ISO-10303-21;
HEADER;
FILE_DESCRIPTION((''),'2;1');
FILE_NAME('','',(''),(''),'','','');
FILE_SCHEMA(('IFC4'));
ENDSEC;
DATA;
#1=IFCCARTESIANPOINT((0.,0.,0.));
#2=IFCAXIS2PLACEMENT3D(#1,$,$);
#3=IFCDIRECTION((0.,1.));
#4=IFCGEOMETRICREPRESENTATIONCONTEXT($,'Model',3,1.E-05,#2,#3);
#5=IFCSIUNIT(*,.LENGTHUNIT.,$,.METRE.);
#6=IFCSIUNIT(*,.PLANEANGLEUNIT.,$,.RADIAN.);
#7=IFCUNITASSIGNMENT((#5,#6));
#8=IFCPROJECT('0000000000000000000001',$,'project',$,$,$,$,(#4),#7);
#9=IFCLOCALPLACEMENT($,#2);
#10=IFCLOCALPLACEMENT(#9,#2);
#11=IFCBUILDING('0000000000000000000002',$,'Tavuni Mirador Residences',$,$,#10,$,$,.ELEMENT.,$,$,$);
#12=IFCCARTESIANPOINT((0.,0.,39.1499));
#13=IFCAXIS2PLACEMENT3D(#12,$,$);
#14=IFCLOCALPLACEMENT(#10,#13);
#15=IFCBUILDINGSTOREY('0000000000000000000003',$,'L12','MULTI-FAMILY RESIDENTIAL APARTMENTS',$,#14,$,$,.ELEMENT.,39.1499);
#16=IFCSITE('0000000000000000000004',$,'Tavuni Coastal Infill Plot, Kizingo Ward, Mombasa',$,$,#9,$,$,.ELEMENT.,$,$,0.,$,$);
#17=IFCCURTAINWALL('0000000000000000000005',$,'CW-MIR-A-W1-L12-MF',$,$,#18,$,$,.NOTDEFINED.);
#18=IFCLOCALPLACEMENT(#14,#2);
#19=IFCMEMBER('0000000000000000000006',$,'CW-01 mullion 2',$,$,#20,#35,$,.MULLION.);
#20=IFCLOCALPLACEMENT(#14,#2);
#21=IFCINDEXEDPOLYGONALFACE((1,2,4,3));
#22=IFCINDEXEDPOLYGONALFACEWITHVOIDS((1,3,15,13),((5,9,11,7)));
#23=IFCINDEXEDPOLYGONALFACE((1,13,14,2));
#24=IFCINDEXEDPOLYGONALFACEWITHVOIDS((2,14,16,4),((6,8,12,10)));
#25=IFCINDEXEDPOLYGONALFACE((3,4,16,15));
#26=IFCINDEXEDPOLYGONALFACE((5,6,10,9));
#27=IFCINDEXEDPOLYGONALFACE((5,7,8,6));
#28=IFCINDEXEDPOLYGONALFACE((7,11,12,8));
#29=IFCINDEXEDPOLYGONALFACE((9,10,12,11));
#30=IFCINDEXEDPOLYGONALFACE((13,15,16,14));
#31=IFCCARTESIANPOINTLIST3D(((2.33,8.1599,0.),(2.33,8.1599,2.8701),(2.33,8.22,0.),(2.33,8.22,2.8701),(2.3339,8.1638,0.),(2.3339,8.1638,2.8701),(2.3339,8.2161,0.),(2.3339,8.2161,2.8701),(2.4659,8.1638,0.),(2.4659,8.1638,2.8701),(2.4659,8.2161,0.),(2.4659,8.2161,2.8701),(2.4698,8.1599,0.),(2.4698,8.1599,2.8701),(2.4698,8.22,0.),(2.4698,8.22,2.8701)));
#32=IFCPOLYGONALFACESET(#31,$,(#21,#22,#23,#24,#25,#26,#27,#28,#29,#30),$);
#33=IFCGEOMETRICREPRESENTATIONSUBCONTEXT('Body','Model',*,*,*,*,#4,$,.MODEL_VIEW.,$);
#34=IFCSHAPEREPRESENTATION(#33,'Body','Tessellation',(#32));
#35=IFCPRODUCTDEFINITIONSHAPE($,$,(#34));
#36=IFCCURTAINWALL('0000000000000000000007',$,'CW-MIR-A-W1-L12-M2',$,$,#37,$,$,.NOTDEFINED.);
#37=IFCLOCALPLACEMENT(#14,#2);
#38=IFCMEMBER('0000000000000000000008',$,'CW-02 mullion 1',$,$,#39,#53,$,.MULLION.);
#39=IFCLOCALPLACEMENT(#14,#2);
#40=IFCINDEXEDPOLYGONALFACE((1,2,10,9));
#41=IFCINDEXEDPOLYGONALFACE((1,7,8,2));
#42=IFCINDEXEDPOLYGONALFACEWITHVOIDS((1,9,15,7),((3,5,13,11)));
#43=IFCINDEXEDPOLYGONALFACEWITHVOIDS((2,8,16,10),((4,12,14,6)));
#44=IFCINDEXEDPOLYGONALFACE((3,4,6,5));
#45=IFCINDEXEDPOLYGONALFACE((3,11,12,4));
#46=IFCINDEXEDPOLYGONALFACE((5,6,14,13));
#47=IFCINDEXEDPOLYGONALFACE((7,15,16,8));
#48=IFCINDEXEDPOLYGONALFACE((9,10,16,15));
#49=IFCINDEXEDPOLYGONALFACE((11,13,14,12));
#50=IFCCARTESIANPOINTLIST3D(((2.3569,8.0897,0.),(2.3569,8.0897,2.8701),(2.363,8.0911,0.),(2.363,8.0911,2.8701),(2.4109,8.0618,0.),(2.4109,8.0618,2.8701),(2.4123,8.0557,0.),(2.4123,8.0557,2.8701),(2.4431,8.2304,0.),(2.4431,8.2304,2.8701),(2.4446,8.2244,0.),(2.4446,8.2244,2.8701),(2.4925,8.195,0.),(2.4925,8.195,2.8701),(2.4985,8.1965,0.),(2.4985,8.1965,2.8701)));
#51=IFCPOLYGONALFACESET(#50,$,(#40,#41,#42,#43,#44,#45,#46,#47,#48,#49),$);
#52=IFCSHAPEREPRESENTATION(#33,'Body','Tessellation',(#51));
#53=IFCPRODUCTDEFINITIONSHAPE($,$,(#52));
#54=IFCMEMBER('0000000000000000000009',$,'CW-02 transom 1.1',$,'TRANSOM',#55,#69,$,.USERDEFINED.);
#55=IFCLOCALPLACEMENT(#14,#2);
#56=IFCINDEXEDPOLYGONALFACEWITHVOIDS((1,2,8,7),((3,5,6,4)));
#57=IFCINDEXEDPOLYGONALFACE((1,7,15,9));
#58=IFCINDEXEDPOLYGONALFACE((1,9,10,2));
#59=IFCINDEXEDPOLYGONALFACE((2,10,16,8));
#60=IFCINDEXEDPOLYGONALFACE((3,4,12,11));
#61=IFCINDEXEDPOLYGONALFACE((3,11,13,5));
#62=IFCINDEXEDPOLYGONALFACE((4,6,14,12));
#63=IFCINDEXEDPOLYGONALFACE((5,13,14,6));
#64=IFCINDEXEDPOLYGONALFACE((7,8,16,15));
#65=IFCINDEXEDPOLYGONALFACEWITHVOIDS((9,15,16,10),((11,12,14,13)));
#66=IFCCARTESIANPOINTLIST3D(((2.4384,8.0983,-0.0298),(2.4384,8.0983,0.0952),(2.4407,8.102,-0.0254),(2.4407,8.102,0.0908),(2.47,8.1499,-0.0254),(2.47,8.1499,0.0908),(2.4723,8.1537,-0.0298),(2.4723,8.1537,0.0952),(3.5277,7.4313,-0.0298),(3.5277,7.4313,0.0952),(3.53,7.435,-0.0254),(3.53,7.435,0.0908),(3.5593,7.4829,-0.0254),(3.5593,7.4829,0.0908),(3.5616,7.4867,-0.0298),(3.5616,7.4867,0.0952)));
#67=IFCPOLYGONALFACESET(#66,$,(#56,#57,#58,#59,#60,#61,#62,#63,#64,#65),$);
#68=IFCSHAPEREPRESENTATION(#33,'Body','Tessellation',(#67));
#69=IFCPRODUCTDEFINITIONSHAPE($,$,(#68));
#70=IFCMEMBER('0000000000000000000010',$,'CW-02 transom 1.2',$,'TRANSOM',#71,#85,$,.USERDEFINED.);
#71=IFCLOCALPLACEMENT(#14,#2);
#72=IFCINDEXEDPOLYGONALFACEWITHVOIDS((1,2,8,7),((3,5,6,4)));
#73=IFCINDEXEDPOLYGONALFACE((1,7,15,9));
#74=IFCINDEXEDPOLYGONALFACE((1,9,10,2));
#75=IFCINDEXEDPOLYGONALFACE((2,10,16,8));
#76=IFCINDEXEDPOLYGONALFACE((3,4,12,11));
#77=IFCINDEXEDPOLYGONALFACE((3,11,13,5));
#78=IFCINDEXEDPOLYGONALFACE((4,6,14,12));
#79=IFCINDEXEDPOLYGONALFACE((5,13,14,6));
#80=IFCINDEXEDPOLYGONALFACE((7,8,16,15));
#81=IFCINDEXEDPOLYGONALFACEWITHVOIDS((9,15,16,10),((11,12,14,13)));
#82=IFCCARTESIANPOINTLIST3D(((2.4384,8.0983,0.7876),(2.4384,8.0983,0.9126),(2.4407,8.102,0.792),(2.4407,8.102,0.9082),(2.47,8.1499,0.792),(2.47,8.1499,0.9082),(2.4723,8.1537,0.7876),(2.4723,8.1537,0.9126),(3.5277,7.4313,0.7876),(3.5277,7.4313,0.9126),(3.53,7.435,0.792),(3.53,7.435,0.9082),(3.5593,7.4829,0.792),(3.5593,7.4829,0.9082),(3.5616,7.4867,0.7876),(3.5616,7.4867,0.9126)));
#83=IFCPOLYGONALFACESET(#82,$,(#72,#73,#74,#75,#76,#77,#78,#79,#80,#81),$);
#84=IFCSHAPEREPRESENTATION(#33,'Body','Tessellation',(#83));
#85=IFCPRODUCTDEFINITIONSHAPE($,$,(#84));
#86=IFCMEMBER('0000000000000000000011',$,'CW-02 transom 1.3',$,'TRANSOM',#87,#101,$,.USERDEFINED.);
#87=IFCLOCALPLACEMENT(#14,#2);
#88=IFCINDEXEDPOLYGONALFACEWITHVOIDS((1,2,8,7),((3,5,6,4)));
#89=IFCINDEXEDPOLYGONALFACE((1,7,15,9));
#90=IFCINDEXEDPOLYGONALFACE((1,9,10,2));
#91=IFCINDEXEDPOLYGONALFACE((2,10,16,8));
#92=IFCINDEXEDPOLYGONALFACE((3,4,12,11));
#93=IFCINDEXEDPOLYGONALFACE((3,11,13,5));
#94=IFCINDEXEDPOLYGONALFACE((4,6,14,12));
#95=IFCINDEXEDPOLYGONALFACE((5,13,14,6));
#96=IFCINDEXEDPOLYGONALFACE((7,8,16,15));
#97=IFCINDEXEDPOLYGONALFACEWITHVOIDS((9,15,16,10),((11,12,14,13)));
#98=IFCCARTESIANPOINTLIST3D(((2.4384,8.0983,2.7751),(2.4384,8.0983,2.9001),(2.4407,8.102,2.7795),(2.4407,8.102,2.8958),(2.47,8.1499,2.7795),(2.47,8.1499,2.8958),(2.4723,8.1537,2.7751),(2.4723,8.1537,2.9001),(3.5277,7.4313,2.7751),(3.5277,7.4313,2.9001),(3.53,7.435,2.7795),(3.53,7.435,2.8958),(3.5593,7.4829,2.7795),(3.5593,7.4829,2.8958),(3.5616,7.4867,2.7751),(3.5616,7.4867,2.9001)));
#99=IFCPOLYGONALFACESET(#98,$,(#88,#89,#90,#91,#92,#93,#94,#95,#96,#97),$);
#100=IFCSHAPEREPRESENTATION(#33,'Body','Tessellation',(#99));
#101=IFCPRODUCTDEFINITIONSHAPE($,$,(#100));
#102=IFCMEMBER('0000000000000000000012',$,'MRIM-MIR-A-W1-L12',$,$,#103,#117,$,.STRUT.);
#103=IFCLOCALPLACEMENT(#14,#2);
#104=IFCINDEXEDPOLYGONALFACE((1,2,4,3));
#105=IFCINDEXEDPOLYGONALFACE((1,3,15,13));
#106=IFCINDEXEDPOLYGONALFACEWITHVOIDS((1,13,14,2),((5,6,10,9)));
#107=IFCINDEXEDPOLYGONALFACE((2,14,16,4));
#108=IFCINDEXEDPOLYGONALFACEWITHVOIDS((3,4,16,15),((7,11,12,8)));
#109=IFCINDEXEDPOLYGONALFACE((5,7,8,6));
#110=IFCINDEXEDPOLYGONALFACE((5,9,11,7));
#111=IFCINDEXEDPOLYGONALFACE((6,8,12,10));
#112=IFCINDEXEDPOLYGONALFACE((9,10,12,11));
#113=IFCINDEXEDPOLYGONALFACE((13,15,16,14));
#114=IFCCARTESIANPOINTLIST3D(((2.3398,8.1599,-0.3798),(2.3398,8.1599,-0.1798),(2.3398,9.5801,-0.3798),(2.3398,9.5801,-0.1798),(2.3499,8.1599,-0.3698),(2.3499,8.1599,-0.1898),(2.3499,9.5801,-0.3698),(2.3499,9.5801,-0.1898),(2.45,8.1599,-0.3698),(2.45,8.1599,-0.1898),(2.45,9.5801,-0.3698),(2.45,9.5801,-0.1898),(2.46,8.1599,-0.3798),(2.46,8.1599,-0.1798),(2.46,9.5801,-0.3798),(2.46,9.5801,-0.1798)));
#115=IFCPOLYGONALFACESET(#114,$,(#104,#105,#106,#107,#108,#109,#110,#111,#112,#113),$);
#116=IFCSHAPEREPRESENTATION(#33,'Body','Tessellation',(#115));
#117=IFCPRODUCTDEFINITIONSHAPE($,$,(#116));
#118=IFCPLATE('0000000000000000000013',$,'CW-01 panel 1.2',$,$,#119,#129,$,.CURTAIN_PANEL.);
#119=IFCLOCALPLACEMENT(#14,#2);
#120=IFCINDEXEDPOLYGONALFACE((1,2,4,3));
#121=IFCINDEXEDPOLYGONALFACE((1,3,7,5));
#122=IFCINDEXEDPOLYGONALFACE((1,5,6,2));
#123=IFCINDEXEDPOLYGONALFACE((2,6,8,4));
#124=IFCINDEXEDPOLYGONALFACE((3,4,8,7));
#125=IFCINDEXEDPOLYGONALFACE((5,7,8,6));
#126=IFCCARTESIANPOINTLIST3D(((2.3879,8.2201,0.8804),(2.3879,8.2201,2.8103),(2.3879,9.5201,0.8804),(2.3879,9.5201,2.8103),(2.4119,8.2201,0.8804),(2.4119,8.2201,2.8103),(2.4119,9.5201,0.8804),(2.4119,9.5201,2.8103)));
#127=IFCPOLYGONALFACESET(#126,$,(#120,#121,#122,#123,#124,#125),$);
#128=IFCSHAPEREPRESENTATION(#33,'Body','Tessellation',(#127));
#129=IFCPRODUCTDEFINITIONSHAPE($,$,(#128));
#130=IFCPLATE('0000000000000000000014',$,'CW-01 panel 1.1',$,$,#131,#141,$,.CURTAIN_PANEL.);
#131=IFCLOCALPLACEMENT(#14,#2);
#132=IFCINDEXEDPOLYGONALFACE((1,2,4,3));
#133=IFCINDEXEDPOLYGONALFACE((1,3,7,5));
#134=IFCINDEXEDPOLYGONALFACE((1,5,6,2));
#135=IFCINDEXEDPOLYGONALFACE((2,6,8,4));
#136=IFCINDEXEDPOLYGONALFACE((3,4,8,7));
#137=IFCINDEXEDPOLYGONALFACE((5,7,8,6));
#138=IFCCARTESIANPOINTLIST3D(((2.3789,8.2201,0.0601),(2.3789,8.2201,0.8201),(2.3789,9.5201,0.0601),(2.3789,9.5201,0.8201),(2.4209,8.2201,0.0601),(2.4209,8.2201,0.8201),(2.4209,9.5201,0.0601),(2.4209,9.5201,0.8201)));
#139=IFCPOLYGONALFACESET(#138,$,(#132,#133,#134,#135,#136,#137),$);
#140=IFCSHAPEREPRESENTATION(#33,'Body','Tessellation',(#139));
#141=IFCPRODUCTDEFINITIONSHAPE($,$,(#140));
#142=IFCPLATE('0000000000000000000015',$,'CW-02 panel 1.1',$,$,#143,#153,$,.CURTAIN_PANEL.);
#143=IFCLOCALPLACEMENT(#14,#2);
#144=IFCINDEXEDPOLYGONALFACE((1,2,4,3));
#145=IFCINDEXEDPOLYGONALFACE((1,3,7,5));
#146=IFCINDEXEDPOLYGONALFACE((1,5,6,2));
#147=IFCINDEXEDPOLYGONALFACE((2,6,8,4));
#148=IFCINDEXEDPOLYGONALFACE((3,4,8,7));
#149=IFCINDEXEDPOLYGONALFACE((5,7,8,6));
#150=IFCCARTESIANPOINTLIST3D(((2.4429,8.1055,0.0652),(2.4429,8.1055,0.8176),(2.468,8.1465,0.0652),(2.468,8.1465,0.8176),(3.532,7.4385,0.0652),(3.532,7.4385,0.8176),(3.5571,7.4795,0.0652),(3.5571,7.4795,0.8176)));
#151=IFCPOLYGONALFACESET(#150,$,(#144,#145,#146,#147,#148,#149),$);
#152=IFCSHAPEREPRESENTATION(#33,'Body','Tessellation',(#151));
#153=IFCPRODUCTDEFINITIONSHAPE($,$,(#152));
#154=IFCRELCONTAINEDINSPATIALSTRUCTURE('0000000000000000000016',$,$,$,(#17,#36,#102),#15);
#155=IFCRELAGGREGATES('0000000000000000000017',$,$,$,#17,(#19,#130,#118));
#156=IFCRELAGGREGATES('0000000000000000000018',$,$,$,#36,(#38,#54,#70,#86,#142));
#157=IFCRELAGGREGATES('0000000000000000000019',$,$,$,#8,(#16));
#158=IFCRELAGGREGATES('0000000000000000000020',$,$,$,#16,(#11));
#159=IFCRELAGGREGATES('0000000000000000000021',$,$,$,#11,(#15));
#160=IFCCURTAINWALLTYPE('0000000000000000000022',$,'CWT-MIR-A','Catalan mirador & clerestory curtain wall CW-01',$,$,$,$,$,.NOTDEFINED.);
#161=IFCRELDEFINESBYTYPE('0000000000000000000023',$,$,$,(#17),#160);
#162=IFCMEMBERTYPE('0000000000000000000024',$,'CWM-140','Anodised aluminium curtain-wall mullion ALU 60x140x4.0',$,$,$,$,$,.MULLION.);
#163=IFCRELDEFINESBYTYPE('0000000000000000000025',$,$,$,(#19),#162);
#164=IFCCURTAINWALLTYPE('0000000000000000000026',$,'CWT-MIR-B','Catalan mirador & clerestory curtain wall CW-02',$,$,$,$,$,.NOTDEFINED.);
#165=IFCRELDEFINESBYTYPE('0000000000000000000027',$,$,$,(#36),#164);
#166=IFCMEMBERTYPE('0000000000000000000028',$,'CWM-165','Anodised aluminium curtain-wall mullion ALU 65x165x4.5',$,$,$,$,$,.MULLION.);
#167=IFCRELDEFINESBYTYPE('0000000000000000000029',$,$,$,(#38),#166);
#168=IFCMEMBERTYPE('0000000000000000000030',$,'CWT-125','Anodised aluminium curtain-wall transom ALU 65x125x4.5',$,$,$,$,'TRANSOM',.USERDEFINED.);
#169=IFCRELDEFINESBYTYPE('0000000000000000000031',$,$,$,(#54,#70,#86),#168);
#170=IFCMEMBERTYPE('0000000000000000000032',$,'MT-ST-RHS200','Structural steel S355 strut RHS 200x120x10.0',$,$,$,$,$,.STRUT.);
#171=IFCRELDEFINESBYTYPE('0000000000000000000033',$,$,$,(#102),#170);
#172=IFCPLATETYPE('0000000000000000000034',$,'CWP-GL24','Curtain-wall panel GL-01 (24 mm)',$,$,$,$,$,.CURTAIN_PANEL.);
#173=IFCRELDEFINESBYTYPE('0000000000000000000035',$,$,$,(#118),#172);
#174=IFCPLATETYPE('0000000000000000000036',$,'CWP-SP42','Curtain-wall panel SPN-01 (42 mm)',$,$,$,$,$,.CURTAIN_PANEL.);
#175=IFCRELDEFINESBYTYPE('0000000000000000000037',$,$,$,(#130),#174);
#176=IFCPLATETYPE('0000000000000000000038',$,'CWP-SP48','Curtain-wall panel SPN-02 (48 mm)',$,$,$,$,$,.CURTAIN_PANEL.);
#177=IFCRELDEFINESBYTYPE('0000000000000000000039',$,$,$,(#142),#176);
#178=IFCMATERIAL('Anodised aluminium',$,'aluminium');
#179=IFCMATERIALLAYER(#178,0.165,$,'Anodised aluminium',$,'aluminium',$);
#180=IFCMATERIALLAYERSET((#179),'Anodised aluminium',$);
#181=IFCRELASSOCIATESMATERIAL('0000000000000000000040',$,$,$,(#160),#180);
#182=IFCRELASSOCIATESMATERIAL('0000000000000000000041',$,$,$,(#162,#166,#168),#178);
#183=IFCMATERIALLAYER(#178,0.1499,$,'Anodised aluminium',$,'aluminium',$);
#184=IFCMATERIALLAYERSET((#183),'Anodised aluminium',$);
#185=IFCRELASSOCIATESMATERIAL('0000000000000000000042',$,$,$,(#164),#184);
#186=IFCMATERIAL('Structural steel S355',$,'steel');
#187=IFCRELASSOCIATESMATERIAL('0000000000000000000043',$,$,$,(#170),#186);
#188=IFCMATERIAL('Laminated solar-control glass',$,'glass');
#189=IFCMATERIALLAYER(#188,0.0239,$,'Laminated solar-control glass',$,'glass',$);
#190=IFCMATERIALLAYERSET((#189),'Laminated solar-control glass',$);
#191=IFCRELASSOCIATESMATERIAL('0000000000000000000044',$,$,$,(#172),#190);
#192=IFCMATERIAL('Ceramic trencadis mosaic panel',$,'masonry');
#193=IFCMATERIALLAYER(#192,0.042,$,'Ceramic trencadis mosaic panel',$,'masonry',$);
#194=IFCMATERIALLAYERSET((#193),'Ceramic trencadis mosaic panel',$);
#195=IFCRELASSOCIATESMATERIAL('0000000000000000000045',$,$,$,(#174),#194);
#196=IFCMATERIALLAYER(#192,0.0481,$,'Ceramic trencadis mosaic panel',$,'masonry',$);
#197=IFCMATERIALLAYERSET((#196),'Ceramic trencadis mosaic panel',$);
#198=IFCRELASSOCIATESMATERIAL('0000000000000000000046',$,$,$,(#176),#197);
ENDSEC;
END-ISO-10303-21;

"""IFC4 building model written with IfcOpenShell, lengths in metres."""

from ifc_helpers import new_model, si_unit, direction, frame, origin, origin_2d, place, context, subcontext, project, spatial, rectangle, hollow_rectangle, extrude, material, layer, layer_set, material_profile, profile_set, type_object, element, aggregate, save


model = new_model("IFC4")

# Units and contexts
model_context = context("Model", 3, precision=1e-05, world=origin(), true_north=direction((0.0, 1.0)))
body_context = subcontext(model_context, "Body", "Model", "MODEL_VIEW")
ifc_project = project(units=[si_unit("LENGTHUNIT", "METRE"), si_unit("PLANEANGLEUNIT", "RADIAN")], contexts=[model_context])

# Site, building, storey
site_placement = place(None, origin())
site = spatial("IfcSite", under=ifc_project, at=site_placement, Name="Tavuni Coastal Infill Plot, Kizingo Ward, Mombasa", CompositionType="ELEMENT", RefElevation=0.0)
building_placement = place(site_placement, origin())
building = spatial("IfcBuilding", under=site, at=building_placement, Name="Tavuni Mirador Residences", CompositionType="ELEMENT")
storey_placement = place(building_placement, frame((0.0, 0.0, 39.1499)))
storey = spatial("IfcBuildingStorey", under=building, at=storey_placement, Name="L12", Description="MULTI-FAMILY RESIDENTIAL APARTMENTS", CompositionType="ELEMENT", Elevation=39.1499)

# Curtain wall, member
ifc_material_1 = material(Name="Anodised aluminium", Category="aluminium")
ifc_layer_1 = layer(ifc_material_1, 0.165, Name="Anodised aluminium", Category="aluminium")
ifc_layer_set_1 = layer_set([ifc_layer_1], Name="Anodised aluminium")
curtain_wall_type_1 = type_object("IfcCurtainWallType", Name="CWT-MIR-A", Description="Catalan mirador & clerestory curtain wall CW-01", PredefinedType="NOTDEFINED", material=ifc_layer_set_1)
curtain_wall_1_placement = place(storey_placement, origin())
curtain_wall_1 = element("IfcCurtainWall", 1, at=curtain_wall_1_placement, inside=storey, type_object=curtain_wall_type_1, Name="CW-MIR-A-W1-L12-MF", PredefinedType="NOTDEFINED")
ifc_material_profile_1 = material_profile(ifc_material_1, hollow_rectangle(XDim=0.0601, YDim=0.1399, WallThickness=0.0039, at=origin_2d()), Name="ALU 60x140x4.0", Category="aluminium")
ifc_profile_set_1 = profile_set([ifc_material_profile_1], Name="Anodised aluminium")
member_type_1 = type_object("IfcMemberType", Name="CWM-140", Description="Anodised aluminium curtain-wall mullion ALU 60x140x4.0", PredefinedType="MULLION", material=ifc_profile_set_1)
member_1_placement = place(storey_placement, frame((2.3999, 8.1899, 0.0), z_axis=(0.0, 0.0, 1.0), x_axis=(0.0, -1.0, 0.0)))
member_1 = element("IfcMember", 2, at=member_1_placement, type_object=member_type_1, Name="CW-01 mullion 2", PredefinedType="MULLION", context=body_context, shape_type="SweptSolid", body=[
    extrude(hollow_rectangle(XDim=0.0601, YDim=0.1399, WallThickness=0.0039, at=origin_2d()), origin(), (0.0, 0.0, 1.0), 2.8701),
])

# Curtain wall, members
ifc_layer_2 = layer(ifc_material_1, 0.1499, Name="Anodised aluminium", Category="aluminium")
ifc_layer_set_2 = layer_set([ifc_layer_2], Name="Anodised aluminium")
curtain_wall_type_2 = type_object("IfcCurtainWallType", Name="CWT-MIR-B", Description="Catalan mirador & clerestory curtain wall CW-02", PredefinedType="NOTDEFINED", material=ifc_layer_set_2)
curtain_wall_2_placement = place(storey_placement, origin())
curtain_wall_2 = element("IfcCurtainWall", 3, at=curtain_wall_2_placement, inside=storey, type_object=curtain_wall_type_2, Name="CW-MIR-A-W1-L12-M2", PredefinedType="NOTDEFINED")
ifc_material_profile_2 = material_profile(ifc_material_1, hollow_rectangle(XDim=0.0649, YDim=0.165, WallThickness=0.0044, at=origin_2d()), Name="ALU 65x165x4.5", Category="aluminium")
ifc_profile_set_2 = profile_set([ifc_material_profile_2], Name="Anodised aluminium")
member_type_2 = type_object("IfcMemberType", Name="CWM-165", Description="Anodised aluminium curtain-wall mullion ALU 65x165x4.5", PredefinedType="MULLION", material=ifc_profile_set_2)
member_2_placement = place(storey_placement, frame((2.4277, 8.1431, 0.0), z_axis=(0.0, 0.0, 1.0), x_axis=(0.852754, -0.522312, 0.0)))
member_2 = element("IfcMember", 4, at=member_2_placement, type_object=member_type_2, Name="CW-02 mullion 1", PredefinedType="MULLION", context=body_context, shape_type="SweptSolid", body=[
    extrude(hollow_rectangle(XDim=0.0649, YDim=0.165, WallThickness=0.0044, at=origin_2d()), origin(), (0.0, 0.0, 1.0), 2.8701),
])
ifc_material_profile_3 = material_profile(ifc_material_1, hollow_rectangle(XDim=0.0649, YDim=0.125, WallThickness=0.0044, at=origin_2d()), Name="ALU 65x125x4.5", Category="aluminium")
ifc_profile_set_3 = profile_set([ifc_material_profile_3], Name="Anodised aluminium")
member_type_3 = type_object("IfcMemberType", Name="CWT-125", Description="Anodised aluminium curtain-wall transom ALU 65x125x4.5", ElementType="TRANSOM", PredefinedType="USERDEFINED", material=ifc_profile_set_3)
member_3_placement = place(storey_placement, frame((2.4553, 8.126, 0.0327), z_axis=(0.852837, -0.522177, 0.0), x_axis=(0.522177, 0.852837, 0.0)))
member_3 = element("IfcMember", 5, at=member_3_placement, type_object=member_type_3, Name="CW-02 transom 1.1", ObjectType="TRANSOM", PredefinedType="USERDEFINED", context=body_context, shape_type="SweptSolid", body=[
    extrude(hollow_rectangle(XDim=0.0649, YDim=0.125, WallThickness=0.0044, at=origin_2d()), origin(), (0.0, 0.0, 1.0), 1.2773),
])
member_4_placement = place(storey_placement, frame((2.4553, 8.126, 0.8501), z_axis=(0.852837, -0.522177, 0.0), x_axis=(0.522177, 0.852837, 0.0)))
member_4 = element("IfcMember", 6, at=member_4_placement, type_object=member_type_3, Name="CW-02 transom 1.2", ObjectType="TRANSOM", PredefinedType="USERDEFINED", context=body_context, shape_type="SweptSolid", body=[
    extrude(hollow_rectangle(XDim=0.0649, YDim=0.125, WallThickness=0.0044, at=origin_2d()), origin(), (0.0, 0.0, 1.0), 1.2773),
])
member_5_placement = place(storey_placement, frame((2.4553, 8.126, 2.8376), z_axis=(0.852837, -0.522177, 0.0), x_axis=(0.522177, 0.852837, 0.0)))
member_5 = element("IfcMember", 7, at=member_5_placement, type_object=member_type_3, Name="CW-02 transom 1.3", ObjectType="TRANSOM", PredefinedType="USERDEFINED", context=body_context, shape_type="SweptSolid", body=[
    extrude(hollow_rectangle(XDim=0.0649, YDim=0.125, WallThickness=0.0044, at=origin_2d()), origin(), (0.0, 0.0, 1.0), 1.2773),
])

# Member
ifc_material_2 = material(Name="Structural steel S355", Category="steel")
ifc_material_profile_4 = material_profile(ifc_material_2, hollow_rectangle(XDim=0.1201, YDim=0.2, WallThickness=0.01, at=origin_2d()), Name="RHS 200x120x10.0", Category="steel")
ifc_profile_set_4 = profile_set([ifc_material_profile_4], Name="Structural steel S355")
member_type_4 = type_object("IfcMemberType", Name="MT-ST-RHS200", Description="Structural steel S355 strut RHS 200x120x10.0", PredefinedType="STRUT", material=ifc_profile_set_4)
member_6_placement = place(storey_placement, frame((2.3999, 8.1599, -0.2798), z_axis=(0.0, 1.0, 0.0), x_axis=(-1.0, 0.0, 0.0)))
element("IfcMember", 8, at=member_6_placement, inside=storey, type_object=member_type_4, Name="MRIM-MIR-A-W1-L12", PredefinedType="STRUT", context=body_context, shape_type="SweptSolid", body=[
    extrude(hollow_rectangle(XDim=0.1201, YDim=0.2, WallThickness=0.01, at=origin_2d()), origin(), (0.0, 0.0, 1.0), 1.4202),
])

# Plates
ifc_material_3 = material(Name="Laminated solar-control glass", Category="glass")
ifc_layer_3 = layer(ifc_material_3, 0.0239, Name="Laminated solar-control glass", Category="glass")
ifc_layer_set_3 = layer_set([ifc_layer_3], Name="Laminated solar-control glass")
plate_type_1 = type_object("IfcPlateType", Name="CWP-GL24", Description="Curtain-wall panel GL-01 (24 mm)", PredefinedType="CURTAIN_PANEL", material=ifc_layer_set_3)
plate_1_placement = place(storey_placement, frame((2.3999, 8.8701, 0.8804), z_axis=(0.0, 0.0, 1.0), x_axis=(0.0, -1.0, 0.0)))
plate_1 = element("IfcPlate", 9, at=plate_1_placement, type_object=plate_type_1, Name="CW-01 panel 1.2", PredefinedType="CURTAIN_PANEL", context=body_context, shape_type="SweptSolid", body=[
    extrude(rectangle(XDim=1.3, YDim=0.0239, at=origin_2d()), origin(), (0.0, 0.0, 1.0), 1.9299),
])
ifc_material_4 = material(Name="Ceramic trencadis mosaic panel", Category="masonry")
ifc_layer_4 = layer(ifc_material_4, 0.042, Name="Ceramic trencadis mosaic panel", Category="masonry")
ifc_layer_set_4 = layer_set([ifc_layer_4], Name="Ceramic trencadis mosaic panel")
plate_type_2 = type_object("IfcPlateType", Name="CWP-SP42", Description="Curtain-wall panel SPN-01 (42 mm)", PredefinedType="CURTAIN_PANEL", material=ifc_layer_set_4)
plate_2_placement = place(storey_placement, frame((2.3999, 8.8701, 0.0601), z_axis=(0.0, 0.0, 1.0), x_axis=(0.0, -1.0, 0.0)))
plate_2 = element("IfcPlate", 10, at=plate_2_placement, type_object=plate_type_2, Name="CW-01 panel 1.1", PredefinedType="CURTAIN_PANEL", context=body_context, shape_type="SweptSolid", body=[
    extrude(rectangle(XDim=1.3, YDim=0.042, at=origin_2d()), origin(), (0.0, 0.0, 1.0), 0.76),
])
aggregate(curtain_wall_1, [member_1, plate_2, plate_1])
ifc_layer_5 = layer(ifc_material_4, 0.0481, Name="Ceramic trencadis mosaic panel", Category="masonry")
ifc_layer_set_5 = layer_set([ifc_layer_5], Name="Ceramic trencadis mosaic panel")
plate_type_3 = type_object("IfcPlateType", Name="CWP-SP48", Description="Curtain-wall panel SPN-02 (48 mm)", PredefinedType="CURTAIN_PANEL", material=ifc_layer_set_5)
plate_3_placement = place(storey_placement, frame((3.0, 7.7925, 0.0652), z_axis=(0.0, 0.0, 1.0), x_axis=(0.852754, -0.522312, 0.0)))
plate_3 = element("IfcPlate", 11, at=plate_3_placement, type_object=plate_type_3, Name="CW-02 panel 1.1", PredefinedType="CURTAIN_PANEL", context=body_context, shape_type="SweptSolid", body=[
    extrude(rectangle(XDim=1.2771, YDim=0.0481, at=origin_2d()), origin(), (0.0, 0.0, 1.0), 0.7524),
])
aggregate(curtain_wall_2, [member_2, member_3, member_4, member_5, plate_3])

save(model, "model.ifc")
